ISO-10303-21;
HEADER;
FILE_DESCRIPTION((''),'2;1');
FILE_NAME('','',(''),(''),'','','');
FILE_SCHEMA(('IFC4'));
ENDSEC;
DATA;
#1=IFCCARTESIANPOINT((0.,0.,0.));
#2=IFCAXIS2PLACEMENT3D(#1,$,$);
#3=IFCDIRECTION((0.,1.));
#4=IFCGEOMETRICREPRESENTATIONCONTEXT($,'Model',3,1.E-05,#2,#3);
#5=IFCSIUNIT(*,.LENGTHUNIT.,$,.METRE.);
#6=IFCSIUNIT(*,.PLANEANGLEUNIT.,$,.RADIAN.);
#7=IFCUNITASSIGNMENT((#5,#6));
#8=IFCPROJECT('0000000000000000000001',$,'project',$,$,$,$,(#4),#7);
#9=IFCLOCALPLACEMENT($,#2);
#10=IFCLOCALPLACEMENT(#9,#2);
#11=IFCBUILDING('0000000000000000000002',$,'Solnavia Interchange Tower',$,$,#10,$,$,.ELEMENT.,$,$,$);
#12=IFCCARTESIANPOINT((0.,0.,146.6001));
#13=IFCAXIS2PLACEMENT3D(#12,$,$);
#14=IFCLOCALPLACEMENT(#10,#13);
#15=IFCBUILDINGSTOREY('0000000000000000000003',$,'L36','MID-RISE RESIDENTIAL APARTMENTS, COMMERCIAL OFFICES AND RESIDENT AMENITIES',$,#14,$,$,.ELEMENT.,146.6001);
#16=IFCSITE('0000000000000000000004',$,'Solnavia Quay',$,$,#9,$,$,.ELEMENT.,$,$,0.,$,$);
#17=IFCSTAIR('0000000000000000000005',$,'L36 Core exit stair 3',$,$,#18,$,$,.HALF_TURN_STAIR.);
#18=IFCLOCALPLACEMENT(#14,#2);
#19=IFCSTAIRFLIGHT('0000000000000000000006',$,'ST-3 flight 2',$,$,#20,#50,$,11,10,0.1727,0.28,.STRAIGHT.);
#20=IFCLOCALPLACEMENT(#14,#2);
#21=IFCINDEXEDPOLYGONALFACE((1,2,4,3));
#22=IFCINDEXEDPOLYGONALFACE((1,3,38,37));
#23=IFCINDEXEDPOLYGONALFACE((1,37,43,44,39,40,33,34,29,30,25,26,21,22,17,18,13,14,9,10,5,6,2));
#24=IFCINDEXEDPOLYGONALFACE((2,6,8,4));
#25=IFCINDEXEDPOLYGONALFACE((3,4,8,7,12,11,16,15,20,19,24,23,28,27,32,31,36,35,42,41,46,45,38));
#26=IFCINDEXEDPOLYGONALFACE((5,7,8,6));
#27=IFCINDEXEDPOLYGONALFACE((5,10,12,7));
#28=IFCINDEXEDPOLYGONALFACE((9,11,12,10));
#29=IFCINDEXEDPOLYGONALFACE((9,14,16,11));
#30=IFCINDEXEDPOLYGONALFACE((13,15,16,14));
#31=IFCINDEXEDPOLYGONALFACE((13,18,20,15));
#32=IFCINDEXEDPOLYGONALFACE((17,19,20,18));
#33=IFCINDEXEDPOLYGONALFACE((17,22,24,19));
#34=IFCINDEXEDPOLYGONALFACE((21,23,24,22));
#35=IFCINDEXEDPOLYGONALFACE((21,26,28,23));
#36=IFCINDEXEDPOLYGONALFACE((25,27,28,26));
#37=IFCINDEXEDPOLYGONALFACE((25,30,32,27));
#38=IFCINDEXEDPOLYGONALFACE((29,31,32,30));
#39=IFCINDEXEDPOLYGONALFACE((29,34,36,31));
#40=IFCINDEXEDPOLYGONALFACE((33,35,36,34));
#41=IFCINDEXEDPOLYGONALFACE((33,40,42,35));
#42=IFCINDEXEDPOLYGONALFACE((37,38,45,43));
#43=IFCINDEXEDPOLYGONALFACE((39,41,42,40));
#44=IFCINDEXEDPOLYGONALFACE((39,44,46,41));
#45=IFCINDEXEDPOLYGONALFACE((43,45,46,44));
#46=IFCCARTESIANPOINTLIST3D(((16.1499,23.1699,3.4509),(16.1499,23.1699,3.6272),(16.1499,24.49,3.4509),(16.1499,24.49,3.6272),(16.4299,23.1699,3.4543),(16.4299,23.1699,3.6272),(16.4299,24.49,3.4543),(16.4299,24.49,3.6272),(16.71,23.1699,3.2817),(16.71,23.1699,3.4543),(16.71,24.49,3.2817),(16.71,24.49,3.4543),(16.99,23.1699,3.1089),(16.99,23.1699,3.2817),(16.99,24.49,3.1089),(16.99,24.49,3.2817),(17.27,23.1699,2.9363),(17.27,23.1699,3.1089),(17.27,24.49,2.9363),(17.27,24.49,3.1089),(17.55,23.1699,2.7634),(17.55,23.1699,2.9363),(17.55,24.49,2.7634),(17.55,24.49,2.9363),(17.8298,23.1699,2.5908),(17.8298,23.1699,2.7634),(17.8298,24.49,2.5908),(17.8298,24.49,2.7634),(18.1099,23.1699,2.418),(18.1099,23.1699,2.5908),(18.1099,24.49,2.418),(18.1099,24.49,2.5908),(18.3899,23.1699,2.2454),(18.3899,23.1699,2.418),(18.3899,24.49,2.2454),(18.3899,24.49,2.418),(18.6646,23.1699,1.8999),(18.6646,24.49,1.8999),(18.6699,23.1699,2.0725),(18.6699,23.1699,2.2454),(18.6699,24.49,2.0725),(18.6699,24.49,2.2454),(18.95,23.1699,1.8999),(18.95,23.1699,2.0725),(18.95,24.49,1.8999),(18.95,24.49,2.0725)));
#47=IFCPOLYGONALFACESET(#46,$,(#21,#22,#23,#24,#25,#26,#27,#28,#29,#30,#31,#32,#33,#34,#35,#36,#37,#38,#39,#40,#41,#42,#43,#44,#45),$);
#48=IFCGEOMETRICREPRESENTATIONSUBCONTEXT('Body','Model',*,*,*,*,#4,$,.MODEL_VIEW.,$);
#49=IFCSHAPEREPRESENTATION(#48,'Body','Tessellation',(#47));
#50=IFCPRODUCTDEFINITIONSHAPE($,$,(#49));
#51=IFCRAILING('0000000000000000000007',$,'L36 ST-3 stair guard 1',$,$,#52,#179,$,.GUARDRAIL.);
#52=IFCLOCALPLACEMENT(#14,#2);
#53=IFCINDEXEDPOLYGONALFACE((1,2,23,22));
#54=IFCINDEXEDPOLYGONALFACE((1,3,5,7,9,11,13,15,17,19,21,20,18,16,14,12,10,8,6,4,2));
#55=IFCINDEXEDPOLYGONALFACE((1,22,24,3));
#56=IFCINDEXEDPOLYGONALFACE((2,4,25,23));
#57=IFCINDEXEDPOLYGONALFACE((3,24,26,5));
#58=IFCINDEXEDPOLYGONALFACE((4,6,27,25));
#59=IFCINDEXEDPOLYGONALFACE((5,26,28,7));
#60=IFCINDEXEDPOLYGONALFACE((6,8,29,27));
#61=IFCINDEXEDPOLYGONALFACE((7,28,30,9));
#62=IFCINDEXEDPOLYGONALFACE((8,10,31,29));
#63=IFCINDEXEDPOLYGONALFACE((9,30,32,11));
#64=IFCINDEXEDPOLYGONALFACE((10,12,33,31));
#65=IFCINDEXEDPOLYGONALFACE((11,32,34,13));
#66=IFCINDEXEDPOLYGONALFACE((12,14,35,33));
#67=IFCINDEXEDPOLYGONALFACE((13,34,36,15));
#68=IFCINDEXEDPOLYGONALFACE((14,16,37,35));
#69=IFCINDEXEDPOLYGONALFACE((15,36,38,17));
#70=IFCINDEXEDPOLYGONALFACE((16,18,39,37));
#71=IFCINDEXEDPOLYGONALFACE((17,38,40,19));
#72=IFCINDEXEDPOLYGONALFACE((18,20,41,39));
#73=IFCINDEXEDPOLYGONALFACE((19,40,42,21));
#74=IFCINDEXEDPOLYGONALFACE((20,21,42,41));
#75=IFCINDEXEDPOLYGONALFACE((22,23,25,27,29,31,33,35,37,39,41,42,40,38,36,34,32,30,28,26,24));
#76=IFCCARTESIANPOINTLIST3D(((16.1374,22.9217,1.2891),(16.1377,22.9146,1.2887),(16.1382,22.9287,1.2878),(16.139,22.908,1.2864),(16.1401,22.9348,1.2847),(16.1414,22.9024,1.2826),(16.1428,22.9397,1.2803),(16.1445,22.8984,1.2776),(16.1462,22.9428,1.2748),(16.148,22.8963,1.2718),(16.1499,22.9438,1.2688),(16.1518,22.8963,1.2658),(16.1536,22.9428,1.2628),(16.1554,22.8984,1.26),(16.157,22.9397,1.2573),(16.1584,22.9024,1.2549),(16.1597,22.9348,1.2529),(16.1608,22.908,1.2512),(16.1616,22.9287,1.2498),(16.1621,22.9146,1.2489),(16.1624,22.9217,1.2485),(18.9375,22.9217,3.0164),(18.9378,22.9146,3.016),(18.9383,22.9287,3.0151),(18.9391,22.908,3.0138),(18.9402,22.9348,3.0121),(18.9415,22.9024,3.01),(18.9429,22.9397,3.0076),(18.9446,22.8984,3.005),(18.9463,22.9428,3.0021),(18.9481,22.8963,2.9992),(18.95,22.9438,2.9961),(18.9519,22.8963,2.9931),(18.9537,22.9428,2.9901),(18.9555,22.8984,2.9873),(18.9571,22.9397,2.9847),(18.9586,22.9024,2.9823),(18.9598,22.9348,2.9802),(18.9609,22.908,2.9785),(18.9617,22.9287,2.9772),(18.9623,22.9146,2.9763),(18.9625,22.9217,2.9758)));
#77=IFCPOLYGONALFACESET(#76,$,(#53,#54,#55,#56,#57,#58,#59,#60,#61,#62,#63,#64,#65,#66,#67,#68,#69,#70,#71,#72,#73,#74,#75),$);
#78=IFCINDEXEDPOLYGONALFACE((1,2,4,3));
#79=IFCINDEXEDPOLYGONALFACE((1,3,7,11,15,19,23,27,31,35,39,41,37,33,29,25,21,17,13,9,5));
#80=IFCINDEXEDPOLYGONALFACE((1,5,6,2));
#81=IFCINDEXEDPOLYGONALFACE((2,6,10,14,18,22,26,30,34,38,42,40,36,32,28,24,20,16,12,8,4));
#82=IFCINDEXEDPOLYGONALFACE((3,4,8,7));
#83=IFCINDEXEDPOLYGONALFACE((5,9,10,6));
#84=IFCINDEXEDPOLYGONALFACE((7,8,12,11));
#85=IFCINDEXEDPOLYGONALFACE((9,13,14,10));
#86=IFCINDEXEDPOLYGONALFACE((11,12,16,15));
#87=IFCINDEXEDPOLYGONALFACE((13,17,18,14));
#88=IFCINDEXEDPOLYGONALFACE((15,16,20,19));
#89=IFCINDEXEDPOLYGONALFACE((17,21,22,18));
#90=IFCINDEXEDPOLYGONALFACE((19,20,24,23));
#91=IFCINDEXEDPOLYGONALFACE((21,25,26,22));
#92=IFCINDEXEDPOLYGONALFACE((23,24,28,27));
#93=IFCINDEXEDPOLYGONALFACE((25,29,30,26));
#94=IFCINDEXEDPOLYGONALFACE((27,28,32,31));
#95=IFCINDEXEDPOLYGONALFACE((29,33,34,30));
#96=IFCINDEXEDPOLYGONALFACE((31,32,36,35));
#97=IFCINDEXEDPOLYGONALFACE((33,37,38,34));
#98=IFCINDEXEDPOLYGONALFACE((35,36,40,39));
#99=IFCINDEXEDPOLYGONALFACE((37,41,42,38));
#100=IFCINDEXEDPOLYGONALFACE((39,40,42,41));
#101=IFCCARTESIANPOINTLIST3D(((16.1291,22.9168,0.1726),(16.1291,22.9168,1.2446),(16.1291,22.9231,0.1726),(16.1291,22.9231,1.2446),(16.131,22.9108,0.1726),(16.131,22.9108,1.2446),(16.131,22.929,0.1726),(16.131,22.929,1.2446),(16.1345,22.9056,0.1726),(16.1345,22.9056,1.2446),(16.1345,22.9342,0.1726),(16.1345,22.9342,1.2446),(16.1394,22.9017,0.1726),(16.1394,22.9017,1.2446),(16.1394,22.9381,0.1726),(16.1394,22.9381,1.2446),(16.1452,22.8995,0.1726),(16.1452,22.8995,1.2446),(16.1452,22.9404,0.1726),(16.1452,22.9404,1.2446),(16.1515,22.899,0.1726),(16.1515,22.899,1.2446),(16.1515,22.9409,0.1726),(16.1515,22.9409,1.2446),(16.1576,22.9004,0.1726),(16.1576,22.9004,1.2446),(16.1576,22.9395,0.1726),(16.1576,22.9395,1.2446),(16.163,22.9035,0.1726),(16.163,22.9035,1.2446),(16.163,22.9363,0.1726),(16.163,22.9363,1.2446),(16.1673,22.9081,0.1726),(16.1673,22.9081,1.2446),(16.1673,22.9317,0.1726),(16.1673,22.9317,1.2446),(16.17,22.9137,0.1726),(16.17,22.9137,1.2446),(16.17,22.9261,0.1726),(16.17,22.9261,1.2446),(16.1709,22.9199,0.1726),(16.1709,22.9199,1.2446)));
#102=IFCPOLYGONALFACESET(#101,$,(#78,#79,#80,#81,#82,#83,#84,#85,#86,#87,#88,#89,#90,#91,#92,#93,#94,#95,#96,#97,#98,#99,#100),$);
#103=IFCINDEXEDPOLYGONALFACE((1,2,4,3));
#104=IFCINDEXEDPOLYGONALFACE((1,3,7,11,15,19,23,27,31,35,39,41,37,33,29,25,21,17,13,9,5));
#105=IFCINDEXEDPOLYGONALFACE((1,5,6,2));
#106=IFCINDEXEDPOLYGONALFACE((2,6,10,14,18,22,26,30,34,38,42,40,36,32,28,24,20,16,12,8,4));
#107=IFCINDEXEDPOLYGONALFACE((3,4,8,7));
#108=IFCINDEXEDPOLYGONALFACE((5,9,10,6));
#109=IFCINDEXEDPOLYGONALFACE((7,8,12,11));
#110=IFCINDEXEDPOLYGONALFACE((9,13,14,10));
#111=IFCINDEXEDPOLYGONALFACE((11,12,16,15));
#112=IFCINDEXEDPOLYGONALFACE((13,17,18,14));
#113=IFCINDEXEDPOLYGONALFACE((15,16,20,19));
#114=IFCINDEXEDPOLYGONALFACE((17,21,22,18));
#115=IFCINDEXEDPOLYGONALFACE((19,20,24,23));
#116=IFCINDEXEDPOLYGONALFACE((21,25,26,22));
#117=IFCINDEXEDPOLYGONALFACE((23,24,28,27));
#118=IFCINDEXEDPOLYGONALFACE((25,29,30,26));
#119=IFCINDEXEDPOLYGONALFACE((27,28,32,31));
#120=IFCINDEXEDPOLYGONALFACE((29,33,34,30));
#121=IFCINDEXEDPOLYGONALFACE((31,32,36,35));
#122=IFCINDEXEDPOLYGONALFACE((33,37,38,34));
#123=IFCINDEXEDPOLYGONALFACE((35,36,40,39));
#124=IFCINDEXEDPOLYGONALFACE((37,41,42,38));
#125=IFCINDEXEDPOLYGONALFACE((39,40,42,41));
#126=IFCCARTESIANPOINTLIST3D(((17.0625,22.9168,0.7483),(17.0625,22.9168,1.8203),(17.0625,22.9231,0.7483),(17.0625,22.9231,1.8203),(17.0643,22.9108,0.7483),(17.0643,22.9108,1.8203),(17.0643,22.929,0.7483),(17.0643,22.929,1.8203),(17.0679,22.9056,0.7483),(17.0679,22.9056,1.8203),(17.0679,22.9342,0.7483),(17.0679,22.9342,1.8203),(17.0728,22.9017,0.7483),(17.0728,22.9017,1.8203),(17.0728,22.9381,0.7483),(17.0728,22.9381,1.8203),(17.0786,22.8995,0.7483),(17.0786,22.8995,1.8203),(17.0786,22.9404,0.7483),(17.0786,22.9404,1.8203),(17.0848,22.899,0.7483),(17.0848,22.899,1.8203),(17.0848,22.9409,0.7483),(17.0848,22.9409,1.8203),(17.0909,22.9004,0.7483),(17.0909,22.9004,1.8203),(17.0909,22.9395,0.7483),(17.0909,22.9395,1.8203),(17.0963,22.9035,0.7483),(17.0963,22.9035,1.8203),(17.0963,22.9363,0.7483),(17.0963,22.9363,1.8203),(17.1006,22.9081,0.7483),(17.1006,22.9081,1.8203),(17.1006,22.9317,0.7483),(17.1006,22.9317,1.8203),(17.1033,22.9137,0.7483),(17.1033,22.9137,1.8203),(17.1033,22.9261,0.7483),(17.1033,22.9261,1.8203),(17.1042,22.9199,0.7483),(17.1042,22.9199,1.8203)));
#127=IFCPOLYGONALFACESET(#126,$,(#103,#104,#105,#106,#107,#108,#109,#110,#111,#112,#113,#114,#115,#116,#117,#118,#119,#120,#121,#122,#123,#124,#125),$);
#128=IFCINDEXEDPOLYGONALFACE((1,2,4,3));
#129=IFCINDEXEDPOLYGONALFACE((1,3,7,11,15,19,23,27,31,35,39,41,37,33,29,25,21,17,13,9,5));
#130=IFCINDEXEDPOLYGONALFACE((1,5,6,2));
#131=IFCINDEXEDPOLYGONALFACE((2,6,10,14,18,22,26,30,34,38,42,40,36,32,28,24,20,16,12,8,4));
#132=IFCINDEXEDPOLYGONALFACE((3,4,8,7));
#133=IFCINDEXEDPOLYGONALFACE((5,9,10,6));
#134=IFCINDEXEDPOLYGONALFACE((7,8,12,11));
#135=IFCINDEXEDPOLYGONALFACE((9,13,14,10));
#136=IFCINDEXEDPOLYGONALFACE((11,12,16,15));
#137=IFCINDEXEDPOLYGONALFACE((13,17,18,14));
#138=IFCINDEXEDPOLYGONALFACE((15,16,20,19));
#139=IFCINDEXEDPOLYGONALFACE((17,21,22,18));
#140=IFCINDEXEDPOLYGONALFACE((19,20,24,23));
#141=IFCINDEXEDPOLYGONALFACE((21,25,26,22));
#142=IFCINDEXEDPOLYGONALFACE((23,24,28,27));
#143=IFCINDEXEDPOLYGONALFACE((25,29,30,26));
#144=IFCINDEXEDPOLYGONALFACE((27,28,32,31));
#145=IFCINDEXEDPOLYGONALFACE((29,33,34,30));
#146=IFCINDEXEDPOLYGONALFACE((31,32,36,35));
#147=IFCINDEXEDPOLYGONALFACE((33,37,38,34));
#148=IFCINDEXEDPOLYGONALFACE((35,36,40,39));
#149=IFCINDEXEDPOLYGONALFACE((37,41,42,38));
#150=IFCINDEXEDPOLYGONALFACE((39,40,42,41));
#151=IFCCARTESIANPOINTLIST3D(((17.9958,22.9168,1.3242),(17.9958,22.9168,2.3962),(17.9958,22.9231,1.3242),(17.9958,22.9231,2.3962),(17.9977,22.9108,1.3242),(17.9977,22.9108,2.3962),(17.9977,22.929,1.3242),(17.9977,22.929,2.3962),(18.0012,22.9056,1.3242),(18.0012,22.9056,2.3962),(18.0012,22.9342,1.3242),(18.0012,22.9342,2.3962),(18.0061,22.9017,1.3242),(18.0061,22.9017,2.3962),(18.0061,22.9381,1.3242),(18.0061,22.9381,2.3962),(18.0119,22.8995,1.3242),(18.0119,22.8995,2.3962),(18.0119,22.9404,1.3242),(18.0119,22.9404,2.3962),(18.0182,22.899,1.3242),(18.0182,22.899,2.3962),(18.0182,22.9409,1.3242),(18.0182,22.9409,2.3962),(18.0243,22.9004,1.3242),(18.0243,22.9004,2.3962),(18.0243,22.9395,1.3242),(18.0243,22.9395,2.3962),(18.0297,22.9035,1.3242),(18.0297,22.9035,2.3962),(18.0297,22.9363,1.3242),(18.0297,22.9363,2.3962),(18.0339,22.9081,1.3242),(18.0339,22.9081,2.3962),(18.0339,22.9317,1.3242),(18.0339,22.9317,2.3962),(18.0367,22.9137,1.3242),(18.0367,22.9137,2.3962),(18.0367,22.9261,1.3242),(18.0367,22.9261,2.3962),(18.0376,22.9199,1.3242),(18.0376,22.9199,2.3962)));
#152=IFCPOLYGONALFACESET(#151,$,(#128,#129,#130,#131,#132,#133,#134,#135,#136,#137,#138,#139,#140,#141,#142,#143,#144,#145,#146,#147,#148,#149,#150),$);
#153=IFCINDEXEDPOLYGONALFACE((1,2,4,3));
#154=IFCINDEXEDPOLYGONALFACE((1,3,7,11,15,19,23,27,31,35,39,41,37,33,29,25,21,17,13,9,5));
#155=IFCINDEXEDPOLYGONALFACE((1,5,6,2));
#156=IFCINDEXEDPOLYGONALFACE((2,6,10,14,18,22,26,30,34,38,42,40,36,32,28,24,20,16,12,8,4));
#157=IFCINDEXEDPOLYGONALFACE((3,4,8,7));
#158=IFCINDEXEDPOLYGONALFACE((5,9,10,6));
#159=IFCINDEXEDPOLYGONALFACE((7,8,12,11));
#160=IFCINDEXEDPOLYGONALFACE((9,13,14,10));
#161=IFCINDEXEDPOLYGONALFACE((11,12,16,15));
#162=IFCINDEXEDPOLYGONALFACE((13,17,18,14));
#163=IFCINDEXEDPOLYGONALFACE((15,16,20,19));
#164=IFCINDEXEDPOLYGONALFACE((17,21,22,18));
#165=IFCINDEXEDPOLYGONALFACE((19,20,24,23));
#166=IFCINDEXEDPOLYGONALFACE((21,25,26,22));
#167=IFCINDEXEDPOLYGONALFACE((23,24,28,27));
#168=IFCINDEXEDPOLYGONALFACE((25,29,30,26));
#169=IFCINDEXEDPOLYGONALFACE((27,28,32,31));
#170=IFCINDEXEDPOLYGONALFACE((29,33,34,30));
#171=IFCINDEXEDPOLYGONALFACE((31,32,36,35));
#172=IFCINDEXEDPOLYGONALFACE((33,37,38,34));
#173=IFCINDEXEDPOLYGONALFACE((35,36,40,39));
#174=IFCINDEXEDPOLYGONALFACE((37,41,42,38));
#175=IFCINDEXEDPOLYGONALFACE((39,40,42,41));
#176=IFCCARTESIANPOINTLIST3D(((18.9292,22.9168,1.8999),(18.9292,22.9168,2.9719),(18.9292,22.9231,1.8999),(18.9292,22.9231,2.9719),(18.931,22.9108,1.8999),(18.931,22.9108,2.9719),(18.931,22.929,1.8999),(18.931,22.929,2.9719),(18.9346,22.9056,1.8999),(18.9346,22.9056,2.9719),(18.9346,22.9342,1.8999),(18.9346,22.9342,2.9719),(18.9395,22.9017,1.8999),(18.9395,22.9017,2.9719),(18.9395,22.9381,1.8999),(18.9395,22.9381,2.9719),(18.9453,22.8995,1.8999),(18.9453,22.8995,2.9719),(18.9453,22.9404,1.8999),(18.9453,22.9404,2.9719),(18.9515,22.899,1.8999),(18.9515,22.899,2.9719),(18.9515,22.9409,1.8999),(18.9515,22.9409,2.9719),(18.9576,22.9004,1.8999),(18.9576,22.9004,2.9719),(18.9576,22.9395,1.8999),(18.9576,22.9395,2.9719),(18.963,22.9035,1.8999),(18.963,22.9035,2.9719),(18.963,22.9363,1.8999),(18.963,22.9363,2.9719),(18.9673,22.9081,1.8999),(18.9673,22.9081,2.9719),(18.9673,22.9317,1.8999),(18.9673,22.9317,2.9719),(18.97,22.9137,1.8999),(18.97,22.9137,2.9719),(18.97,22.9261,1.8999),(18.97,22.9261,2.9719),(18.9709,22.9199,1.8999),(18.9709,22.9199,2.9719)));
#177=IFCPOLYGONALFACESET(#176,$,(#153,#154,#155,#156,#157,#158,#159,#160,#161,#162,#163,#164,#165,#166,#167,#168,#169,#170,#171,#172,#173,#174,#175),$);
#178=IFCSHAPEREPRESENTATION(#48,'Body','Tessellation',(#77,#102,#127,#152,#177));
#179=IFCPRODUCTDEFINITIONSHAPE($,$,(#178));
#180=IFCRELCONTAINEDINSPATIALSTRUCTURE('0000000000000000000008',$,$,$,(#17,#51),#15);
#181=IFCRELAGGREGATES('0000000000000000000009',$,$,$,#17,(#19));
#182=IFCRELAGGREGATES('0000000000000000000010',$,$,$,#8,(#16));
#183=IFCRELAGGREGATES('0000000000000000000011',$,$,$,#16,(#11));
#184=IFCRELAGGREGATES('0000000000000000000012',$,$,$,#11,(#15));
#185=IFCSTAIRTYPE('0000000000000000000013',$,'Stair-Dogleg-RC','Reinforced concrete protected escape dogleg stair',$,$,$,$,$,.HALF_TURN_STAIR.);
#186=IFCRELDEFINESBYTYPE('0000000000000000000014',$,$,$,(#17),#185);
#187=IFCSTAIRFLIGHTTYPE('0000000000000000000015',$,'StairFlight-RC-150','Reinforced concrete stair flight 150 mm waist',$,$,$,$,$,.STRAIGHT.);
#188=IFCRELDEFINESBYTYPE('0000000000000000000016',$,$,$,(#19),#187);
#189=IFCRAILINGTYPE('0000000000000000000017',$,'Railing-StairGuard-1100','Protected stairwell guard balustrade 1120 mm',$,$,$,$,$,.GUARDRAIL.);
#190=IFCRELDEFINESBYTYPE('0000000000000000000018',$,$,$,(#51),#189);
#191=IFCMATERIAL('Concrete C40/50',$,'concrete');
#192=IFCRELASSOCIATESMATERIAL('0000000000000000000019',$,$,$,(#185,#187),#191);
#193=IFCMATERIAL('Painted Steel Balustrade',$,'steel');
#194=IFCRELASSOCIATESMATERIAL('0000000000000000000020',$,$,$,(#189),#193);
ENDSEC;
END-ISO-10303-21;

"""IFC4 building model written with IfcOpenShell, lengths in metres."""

from ifc_helpers import new_model, si_unit, direction, frame, origin, origin_2d, place, context, subcontext, project, spatial, polyline, circle, outline, extrude, material, type_object, element, aggregate, save


model = new_model("IFC4")

# Units and contexts
model_context = context("Model", 3, precision=1e-05, world=origin(), true_north=direction((0.0, 1.0)))
body_context = subcontext(model_context, "Body", "Model", "MODEL_VIEW")
ifc_project = project(units=[si_unit("LENGTHUNIT", "METRE"), si_unit("PLANEANGLEUNIT", "RADIAN")], contexts=[model_context])

# Site, building, storey
site_placement = place(None, origin())
site = spatial("IfcSite", under=ifc_project, at=site_placement, Name="Solnavia Quay", CompositionType="ELEMENT", RefElevation=0.0)
building_placement = place(site_placement, origin())
building = spatial("IfcBuilding", under=site, at=building_placement, Name="Solnavia Interchange Tower", CompositionType="ELEMENT")
storey_placement = place(building_placement, frame((0.0, 0.0, 146.6001)))
storey = spatial("IfcBuildingStorey", under=building, at=storey_placement, Name="L36", Description="MID-RISE RESIDENTIAL APARTMENTS, COMMERCIAL OFFICES AND RESIDENT AMENITIES", CompositionType="ELEMENT", Elevation=146.6001)

# Shared definitions
ifc_material_1 = material(Name="Concrete C40/50", Category="concrete")

# Stair, stair flight
stair_type = type_object("IfcStairType", Name="Stair-Dogleg-RC", Description="Reinforced concrete protected escape dogleg stair", PredefinedType="HALF_TURN_STAIR", material=ifc_material_1)
stair_placement = place(storey_placement, origin())
stair = element("IfcStair", 1, at=stair_placement, inside=storey, type_object=stair_type, Name="L36 Core exit stair 3", PredefinedType="HALF_TURN_STAIR")
stair_flight_type = type_object("IfcStairFlightType", Name="StairFlight-RC-150", Description="Reinforced concrete stair flight 150 mm waist", PredefinedType="STRAIGHT", material=ifc_material_1)
stair_flight_1_placement = place(storey_placement, frame((18.95, 23.8301, 1.8999), z_axis=(0.0, 0.0, 1.0), x_axis=(-1.0, 0.0, 0.0)))
stair_flight_1 = element("IfcStairFlight", 2, at=stair_flight_1_placement, type_object=stair_flight_type, Name="ST-3 flight 2", NumberOfRisers=11, NumberOfTreads=10, PredefinedType="STRAIGHT", RiserHeight=0.1727, TreadLength=0.28, context=body_context, shape_type="SweptSolid", body=[
    extrude(outline(polyline([(0.0, 0.0), (0.0, 0.1726), (0.28, 0.1726), (0.28, 0.3455), (0.5601, 0.3455), (0.5601, 0.5181), (0.8401, 0.5181), (0.8401, 0.6909), (1.1201, 0.6909), (1.1201, 0.8635), (1.3999, 0.8635), (1.3999, 1.0364), (1.6799, 1.0364), (1.6799, 1.209), (1.96, 1.209), (1.96, 1.3818), (2.24, 1.3818), (2.24, 1.5544), (2.52, 1.5544), (2.52, 1.7273), (2.8, 1.7273), (2.8, 1.8999), (2.8, 1.551), (0.2854, 0.0), (0.0, 0.0)])), frame((0.0, 0.6602, 0.0), z_axis=(0.0, -1.0, 0.0), x_axis=(1.0, 0.0, 0.0)), (0.0, 0.0, 1.0), 1.3201),
])
aggregate(stair, [stair_flight_1])

# Railing
ifc_material_2 = material(Name="Painted Steel Balustrade", Category="steel")
railing_type_1 = type_object("IfcRailingType", Name="Railing-StairGuard-1100", Description="Protected stairwell guard balustrade 1120 mm", PredefinedType="GUARDRAIL", material=ifc_material_2)
railing_1_placement = place(storey_placement, frame((16.1499, 22.9199, 0.1726)))
element("IfcRailing", 3, at=railing_1_placement, inside=storey, type_object=railing_type_1, Name="L36 ST-3 stair guard 1", PredefinedType="GUARDRAIL", context=body_context, shape_type="SweptSolid", body=[
    extrude(circle(Radius=0.0239, at=origin_2d()), frame((0.0, 0.0, 1.0962), z_axis=(0.85109, 0.0, 0.52502), x_axis=(0.0, 1.0, 0.0)), (0.0, 0.0, 1.0), 3.29),
    extrude(circle(Radius=0.021, at=origin_2d()), origin(), (0.0, 0.0, 1.0), 1.072),
    extrude(circle(Radius=0.021, at=origin_2d()), frame((0.9333, 0.0, 0.5757)), (0.0, 0.0, 1.0), 1.072),
    extrude(circle(Radius=0.021, at=origin_2d()), frame((1.8667, 0.0, 1.1516)), (0.0, 0.0, 1.0), 1.072),
    extrude(circle(Radius=0.021, at=origin_2d()), frame((2.8, 0.0, 1.7273)), (0.0, 0.0, 1.0), 1.072),
])

save(model, "model.ifc")
